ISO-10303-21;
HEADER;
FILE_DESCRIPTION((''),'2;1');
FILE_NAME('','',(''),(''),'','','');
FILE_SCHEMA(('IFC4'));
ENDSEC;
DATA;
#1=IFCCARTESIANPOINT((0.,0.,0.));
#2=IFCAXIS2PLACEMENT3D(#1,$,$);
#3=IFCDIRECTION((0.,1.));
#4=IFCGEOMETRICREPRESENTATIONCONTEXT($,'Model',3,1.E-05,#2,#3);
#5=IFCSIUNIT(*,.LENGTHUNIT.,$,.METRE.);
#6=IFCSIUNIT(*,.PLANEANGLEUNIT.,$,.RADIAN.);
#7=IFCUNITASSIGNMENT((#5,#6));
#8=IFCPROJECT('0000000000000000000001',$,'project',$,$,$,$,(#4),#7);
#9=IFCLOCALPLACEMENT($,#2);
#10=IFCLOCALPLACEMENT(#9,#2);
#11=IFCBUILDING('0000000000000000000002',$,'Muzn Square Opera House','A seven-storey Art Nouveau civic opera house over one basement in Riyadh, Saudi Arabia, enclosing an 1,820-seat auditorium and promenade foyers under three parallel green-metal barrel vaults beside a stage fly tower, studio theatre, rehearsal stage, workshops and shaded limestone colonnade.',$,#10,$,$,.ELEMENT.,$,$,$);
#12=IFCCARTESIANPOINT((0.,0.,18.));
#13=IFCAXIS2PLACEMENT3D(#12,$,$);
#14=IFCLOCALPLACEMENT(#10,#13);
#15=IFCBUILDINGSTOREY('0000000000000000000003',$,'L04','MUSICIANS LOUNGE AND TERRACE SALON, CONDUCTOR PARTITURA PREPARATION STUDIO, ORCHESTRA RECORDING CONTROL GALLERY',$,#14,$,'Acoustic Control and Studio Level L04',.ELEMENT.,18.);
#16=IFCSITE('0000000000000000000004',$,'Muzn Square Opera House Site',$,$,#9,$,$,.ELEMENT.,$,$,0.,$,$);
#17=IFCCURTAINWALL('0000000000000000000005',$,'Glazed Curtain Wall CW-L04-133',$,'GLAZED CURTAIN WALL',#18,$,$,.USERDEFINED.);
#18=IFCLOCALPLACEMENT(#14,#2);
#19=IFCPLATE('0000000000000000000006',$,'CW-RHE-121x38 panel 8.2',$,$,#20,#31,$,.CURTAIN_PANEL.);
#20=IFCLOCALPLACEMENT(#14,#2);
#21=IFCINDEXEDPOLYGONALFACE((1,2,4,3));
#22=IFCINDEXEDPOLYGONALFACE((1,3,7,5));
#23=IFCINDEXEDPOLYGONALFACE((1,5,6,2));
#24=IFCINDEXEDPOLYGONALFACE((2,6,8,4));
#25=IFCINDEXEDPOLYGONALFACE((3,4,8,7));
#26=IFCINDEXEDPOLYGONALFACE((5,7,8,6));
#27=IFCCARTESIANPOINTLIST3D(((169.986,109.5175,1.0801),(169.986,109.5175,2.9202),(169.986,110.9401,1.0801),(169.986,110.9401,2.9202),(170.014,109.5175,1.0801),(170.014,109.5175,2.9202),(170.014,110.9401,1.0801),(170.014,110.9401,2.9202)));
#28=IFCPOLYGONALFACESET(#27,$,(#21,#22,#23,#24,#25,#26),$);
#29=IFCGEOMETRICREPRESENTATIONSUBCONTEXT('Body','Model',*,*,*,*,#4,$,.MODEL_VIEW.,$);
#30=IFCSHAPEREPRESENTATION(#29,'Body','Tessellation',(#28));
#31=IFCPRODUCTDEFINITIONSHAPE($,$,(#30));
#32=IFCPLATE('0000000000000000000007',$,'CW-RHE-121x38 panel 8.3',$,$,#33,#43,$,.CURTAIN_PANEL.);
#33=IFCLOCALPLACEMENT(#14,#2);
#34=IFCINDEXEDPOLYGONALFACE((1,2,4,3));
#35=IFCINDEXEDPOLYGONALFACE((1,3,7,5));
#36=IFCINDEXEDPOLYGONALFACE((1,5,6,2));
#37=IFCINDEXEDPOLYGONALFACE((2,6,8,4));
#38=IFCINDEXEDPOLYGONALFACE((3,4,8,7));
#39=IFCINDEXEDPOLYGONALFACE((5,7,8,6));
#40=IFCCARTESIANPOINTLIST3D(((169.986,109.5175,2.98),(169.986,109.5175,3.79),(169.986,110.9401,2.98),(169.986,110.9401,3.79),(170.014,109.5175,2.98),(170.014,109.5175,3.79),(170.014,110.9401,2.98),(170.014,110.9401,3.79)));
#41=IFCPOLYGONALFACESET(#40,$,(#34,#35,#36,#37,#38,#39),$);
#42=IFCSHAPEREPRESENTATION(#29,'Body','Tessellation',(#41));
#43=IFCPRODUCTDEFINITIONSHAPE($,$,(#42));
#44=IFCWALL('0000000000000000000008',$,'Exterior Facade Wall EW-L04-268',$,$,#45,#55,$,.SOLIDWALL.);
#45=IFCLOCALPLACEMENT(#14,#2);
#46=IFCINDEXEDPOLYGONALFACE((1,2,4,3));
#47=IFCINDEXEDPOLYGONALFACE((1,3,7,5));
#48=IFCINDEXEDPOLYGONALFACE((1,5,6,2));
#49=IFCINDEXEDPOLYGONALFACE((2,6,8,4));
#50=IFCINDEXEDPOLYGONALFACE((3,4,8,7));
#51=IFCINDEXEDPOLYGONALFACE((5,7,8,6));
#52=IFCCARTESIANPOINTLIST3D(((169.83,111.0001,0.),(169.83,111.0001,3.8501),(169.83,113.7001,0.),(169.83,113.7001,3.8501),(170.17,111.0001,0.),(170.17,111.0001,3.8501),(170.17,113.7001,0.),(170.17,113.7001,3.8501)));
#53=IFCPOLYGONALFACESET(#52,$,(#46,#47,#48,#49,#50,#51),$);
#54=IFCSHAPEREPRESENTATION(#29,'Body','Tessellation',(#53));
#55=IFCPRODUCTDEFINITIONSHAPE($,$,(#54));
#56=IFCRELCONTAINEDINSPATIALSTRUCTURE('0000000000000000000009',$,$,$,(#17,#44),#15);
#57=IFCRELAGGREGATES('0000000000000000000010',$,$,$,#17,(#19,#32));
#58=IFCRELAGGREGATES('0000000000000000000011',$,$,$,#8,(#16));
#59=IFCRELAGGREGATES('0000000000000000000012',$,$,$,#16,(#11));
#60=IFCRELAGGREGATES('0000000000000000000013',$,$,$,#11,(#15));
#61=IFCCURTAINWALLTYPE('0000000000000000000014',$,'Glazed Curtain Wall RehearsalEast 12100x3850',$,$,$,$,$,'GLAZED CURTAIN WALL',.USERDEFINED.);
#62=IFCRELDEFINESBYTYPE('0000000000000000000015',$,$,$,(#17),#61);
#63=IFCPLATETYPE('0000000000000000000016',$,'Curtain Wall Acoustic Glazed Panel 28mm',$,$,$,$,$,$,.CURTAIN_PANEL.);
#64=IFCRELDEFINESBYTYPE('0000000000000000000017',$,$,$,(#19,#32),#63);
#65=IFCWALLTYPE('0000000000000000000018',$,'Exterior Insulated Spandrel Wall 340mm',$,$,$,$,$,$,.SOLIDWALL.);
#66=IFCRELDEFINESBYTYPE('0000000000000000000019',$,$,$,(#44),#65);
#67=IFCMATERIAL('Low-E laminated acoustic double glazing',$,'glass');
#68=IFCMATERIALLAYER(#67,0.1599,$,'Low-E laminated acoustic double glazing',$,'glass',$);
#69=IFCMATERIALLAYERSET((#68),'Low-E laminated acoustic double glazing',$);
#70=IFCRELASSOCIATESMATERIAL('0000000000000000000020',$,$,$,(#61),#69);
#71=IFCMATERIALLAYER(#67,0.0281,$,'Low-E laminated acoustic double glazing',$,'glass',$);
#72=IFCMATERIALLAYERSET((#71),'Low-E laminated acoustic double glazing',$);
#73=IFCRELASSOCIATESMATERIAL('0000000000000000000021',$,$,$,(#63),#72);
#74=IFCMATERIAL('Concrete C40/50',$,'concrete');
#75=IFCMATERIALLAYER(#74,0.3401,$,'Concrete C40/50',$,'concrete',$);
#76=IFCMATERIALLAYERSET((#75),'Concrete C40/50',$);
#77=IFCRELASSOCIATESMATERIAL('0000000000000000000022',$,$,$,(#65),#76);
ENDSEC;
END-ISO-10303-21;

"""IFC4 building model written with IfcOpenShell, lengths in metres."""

from ifc_helpers import new_model, si_unit, direction, frame, frame_2d, origin, origin_2d, place, context, subcontext, project, spatial, rectangle, extrude, material, layer, layer_set, type_object, element, aggregate, save


model = new_model("IFC4")

# Units and contexts
model_context = context("Model", 3, precision=1e-05, world=origin(), true_north=direction((0.0, 1.0)))
body_context = subcontext(model_context, "Body", "Model", "MODEL_VIEW")
ifc_project = project(units=[si_unit("LENGTHUNIT", "METRE"), si_unit("PLANEANGLEUNIT", "RADIAN")], contexts=[model_context])

# Site, building, storey
site_placement = place(None, origin())
site = spatial("IfcSite", under=ifc_project, at=site_placement, Name="Muzn Square Opera House Site", CompositionType="ELEMENT", RefElevation=0.0)
building_placement = place(site_placement, origin())
building = spatial("IfcBuilding", under=site, at=building_placement, Name="Muzn Square Opera House", Description="A seven-storey Art Nouveau civic opera house over one basement in Riyadh, Saudi Arabia, enclosing an 1,820-seat auditorium and promenade foyers under three parallel green-metal barrel vaults beside a stage fly tower, studio theatre, rehearsal stage, workshops and shaded limestone colonnade.", CompositionType="ELEMENT")
storey_placement = place(building_placement, frame((0.0, 0.0, 18.0)))
storey = spatial("IfcBuildingStorey", under=building, at=storey_placement, Name="L04", Description="MUSICIANS LOUNGE AND TERRACE SALON, CONDUCTOR PARTITURA PREPARATION STUDIO, ORCHESTRA RECORDING CONTROL GALLERY", LongName="Acoustic Control and Studio Level L04", CompositionType="ELEMENT", Elevation=18.0)

# Curtain wall, plates
ifc_material_1 = material(Name="Low-E laminated acoustic double glazing", Category="glass")
ifc_layer_1 = layer(ifc_material_1, 0.1599, Name="Low-E laminated acoustic double glazing", Category="glass")
ifc_layer_set_1 = layer_set([ifc_layer_1], Name="Low-E laminated acoustic double glazing")
curtain_wall_type = type_object("IfcCurtainWallType", Name="Glazed Curtain Wall RehearsalEast 12100x3850", ElementType="GLAZED CURTAIN WALL", PredefinedType="USERDEFINED", material=ifc_layer_set_1)
curtain_wall_placement = place(storey_placement, origin())
curtain_wall = element("IfcCurtainWall", 1, at=curtain_wall_placement, inside=storey, type_object=curtain_wall_type, Name="Glazed Curtain Wall CW-L04-133", ObjectType="GLAZED CURTAIN WALL", PredefinedType="USERDEFINED")
ifc_layer_2 = layer(ifc_material_1, 0.0281, Name="Low-E laminated acoustic double glazing", Category="glass")
ifc_layer_set_2 = layer_set([ifc_layer_2], Name="Low-E laminated acoustic double glazing")
plate_type = type_object("IfcPlateType", Name="Curtain Wall Acoustic Glazed Panel 28mm", PredefinedType="CURTAIN_PANEL", material=ifc_layer_set_2)
plate_1_placement = place(storey_placement, frame((170.0, 110.2288, 1.0801), z_axis=(0.0, 0.0, 1.0), x_axis=(0.0, 1.0, 0.0)))
plate_1 = element("IfcPlate", 2, at=plate_1_placement, type_object=plate_type, Name="CW-RHE-121x38 panel 8.2", PredefinedType="CURTAIN_PANEL", context=body_context, shape_type="SweptSolid", body=[
    extrude(rectangle(XDim=1.4226, YDim=0.0281, at=origin_2d()), origin(), (0.0, 0.0, 1.0), 1.8401),
])
plate_2_placement = place(storey_placement, frame((170.0, 110.2288, 2.98), z_axis=(0.0, 0.0, 1.0), x_axis=(0.0, 1.0, 0.0)))
plate_2 = element("IfcPlate", 3, at=plate_2_placement, type_object=plate_type, Name="CW-RHE-121x38 panel 8.3", PredefinedType="CURTAIN_PANEL", context=body_context, shape_type="SweptSolid", body=[
    extrude(rectangle(XDim=1.4226, YDim=0.0281, at=origin_2d()), origin(), (0.0, 0.0, 1.0), 0.8101),
])
aggregate(curtain_wall, [plate_1, plate_2])

# Wall
ifc_material_2 = material(Name="Concrete C40/50", Category="concrete")
ifc_layer_3 = layer(ifc_material_2, 0.3401, Name="Concrete C40/50", Category="concrete")
ifc_layer_set_3 = layer_set([ifc_layer_3], Name="Concrete C40/50")
wall_type = type_object("IfcWallType", Name="Exterior Insulated Spandrel Wall 340mm", PredefinedType="SOLIDWALL", material=ifc_layer_set_3)
wall_placement = place(storey_placement, frame((170.0, 111.0, 0.0), z_axis=(0.0, 0.0, 1.0), x_axis=(0.0, 1.0, 0.0)))
element("IfcWall", 4, at=wall_placement, inside=storey, type_object=wall_type, Name="Exterior Facade Wall EW-L04-268", PredefinedType="SOLIDWALL", context=body_context, shape_type="SweptSolid", body=[
    extrude(rectangle(XDim=2.7, YDim=0.3401, at=frame_2d((1.3501, 0.0))), origin(), (0.0, 0.0, 1.0), 3.8501),
])

save(model, "model.ifc")
